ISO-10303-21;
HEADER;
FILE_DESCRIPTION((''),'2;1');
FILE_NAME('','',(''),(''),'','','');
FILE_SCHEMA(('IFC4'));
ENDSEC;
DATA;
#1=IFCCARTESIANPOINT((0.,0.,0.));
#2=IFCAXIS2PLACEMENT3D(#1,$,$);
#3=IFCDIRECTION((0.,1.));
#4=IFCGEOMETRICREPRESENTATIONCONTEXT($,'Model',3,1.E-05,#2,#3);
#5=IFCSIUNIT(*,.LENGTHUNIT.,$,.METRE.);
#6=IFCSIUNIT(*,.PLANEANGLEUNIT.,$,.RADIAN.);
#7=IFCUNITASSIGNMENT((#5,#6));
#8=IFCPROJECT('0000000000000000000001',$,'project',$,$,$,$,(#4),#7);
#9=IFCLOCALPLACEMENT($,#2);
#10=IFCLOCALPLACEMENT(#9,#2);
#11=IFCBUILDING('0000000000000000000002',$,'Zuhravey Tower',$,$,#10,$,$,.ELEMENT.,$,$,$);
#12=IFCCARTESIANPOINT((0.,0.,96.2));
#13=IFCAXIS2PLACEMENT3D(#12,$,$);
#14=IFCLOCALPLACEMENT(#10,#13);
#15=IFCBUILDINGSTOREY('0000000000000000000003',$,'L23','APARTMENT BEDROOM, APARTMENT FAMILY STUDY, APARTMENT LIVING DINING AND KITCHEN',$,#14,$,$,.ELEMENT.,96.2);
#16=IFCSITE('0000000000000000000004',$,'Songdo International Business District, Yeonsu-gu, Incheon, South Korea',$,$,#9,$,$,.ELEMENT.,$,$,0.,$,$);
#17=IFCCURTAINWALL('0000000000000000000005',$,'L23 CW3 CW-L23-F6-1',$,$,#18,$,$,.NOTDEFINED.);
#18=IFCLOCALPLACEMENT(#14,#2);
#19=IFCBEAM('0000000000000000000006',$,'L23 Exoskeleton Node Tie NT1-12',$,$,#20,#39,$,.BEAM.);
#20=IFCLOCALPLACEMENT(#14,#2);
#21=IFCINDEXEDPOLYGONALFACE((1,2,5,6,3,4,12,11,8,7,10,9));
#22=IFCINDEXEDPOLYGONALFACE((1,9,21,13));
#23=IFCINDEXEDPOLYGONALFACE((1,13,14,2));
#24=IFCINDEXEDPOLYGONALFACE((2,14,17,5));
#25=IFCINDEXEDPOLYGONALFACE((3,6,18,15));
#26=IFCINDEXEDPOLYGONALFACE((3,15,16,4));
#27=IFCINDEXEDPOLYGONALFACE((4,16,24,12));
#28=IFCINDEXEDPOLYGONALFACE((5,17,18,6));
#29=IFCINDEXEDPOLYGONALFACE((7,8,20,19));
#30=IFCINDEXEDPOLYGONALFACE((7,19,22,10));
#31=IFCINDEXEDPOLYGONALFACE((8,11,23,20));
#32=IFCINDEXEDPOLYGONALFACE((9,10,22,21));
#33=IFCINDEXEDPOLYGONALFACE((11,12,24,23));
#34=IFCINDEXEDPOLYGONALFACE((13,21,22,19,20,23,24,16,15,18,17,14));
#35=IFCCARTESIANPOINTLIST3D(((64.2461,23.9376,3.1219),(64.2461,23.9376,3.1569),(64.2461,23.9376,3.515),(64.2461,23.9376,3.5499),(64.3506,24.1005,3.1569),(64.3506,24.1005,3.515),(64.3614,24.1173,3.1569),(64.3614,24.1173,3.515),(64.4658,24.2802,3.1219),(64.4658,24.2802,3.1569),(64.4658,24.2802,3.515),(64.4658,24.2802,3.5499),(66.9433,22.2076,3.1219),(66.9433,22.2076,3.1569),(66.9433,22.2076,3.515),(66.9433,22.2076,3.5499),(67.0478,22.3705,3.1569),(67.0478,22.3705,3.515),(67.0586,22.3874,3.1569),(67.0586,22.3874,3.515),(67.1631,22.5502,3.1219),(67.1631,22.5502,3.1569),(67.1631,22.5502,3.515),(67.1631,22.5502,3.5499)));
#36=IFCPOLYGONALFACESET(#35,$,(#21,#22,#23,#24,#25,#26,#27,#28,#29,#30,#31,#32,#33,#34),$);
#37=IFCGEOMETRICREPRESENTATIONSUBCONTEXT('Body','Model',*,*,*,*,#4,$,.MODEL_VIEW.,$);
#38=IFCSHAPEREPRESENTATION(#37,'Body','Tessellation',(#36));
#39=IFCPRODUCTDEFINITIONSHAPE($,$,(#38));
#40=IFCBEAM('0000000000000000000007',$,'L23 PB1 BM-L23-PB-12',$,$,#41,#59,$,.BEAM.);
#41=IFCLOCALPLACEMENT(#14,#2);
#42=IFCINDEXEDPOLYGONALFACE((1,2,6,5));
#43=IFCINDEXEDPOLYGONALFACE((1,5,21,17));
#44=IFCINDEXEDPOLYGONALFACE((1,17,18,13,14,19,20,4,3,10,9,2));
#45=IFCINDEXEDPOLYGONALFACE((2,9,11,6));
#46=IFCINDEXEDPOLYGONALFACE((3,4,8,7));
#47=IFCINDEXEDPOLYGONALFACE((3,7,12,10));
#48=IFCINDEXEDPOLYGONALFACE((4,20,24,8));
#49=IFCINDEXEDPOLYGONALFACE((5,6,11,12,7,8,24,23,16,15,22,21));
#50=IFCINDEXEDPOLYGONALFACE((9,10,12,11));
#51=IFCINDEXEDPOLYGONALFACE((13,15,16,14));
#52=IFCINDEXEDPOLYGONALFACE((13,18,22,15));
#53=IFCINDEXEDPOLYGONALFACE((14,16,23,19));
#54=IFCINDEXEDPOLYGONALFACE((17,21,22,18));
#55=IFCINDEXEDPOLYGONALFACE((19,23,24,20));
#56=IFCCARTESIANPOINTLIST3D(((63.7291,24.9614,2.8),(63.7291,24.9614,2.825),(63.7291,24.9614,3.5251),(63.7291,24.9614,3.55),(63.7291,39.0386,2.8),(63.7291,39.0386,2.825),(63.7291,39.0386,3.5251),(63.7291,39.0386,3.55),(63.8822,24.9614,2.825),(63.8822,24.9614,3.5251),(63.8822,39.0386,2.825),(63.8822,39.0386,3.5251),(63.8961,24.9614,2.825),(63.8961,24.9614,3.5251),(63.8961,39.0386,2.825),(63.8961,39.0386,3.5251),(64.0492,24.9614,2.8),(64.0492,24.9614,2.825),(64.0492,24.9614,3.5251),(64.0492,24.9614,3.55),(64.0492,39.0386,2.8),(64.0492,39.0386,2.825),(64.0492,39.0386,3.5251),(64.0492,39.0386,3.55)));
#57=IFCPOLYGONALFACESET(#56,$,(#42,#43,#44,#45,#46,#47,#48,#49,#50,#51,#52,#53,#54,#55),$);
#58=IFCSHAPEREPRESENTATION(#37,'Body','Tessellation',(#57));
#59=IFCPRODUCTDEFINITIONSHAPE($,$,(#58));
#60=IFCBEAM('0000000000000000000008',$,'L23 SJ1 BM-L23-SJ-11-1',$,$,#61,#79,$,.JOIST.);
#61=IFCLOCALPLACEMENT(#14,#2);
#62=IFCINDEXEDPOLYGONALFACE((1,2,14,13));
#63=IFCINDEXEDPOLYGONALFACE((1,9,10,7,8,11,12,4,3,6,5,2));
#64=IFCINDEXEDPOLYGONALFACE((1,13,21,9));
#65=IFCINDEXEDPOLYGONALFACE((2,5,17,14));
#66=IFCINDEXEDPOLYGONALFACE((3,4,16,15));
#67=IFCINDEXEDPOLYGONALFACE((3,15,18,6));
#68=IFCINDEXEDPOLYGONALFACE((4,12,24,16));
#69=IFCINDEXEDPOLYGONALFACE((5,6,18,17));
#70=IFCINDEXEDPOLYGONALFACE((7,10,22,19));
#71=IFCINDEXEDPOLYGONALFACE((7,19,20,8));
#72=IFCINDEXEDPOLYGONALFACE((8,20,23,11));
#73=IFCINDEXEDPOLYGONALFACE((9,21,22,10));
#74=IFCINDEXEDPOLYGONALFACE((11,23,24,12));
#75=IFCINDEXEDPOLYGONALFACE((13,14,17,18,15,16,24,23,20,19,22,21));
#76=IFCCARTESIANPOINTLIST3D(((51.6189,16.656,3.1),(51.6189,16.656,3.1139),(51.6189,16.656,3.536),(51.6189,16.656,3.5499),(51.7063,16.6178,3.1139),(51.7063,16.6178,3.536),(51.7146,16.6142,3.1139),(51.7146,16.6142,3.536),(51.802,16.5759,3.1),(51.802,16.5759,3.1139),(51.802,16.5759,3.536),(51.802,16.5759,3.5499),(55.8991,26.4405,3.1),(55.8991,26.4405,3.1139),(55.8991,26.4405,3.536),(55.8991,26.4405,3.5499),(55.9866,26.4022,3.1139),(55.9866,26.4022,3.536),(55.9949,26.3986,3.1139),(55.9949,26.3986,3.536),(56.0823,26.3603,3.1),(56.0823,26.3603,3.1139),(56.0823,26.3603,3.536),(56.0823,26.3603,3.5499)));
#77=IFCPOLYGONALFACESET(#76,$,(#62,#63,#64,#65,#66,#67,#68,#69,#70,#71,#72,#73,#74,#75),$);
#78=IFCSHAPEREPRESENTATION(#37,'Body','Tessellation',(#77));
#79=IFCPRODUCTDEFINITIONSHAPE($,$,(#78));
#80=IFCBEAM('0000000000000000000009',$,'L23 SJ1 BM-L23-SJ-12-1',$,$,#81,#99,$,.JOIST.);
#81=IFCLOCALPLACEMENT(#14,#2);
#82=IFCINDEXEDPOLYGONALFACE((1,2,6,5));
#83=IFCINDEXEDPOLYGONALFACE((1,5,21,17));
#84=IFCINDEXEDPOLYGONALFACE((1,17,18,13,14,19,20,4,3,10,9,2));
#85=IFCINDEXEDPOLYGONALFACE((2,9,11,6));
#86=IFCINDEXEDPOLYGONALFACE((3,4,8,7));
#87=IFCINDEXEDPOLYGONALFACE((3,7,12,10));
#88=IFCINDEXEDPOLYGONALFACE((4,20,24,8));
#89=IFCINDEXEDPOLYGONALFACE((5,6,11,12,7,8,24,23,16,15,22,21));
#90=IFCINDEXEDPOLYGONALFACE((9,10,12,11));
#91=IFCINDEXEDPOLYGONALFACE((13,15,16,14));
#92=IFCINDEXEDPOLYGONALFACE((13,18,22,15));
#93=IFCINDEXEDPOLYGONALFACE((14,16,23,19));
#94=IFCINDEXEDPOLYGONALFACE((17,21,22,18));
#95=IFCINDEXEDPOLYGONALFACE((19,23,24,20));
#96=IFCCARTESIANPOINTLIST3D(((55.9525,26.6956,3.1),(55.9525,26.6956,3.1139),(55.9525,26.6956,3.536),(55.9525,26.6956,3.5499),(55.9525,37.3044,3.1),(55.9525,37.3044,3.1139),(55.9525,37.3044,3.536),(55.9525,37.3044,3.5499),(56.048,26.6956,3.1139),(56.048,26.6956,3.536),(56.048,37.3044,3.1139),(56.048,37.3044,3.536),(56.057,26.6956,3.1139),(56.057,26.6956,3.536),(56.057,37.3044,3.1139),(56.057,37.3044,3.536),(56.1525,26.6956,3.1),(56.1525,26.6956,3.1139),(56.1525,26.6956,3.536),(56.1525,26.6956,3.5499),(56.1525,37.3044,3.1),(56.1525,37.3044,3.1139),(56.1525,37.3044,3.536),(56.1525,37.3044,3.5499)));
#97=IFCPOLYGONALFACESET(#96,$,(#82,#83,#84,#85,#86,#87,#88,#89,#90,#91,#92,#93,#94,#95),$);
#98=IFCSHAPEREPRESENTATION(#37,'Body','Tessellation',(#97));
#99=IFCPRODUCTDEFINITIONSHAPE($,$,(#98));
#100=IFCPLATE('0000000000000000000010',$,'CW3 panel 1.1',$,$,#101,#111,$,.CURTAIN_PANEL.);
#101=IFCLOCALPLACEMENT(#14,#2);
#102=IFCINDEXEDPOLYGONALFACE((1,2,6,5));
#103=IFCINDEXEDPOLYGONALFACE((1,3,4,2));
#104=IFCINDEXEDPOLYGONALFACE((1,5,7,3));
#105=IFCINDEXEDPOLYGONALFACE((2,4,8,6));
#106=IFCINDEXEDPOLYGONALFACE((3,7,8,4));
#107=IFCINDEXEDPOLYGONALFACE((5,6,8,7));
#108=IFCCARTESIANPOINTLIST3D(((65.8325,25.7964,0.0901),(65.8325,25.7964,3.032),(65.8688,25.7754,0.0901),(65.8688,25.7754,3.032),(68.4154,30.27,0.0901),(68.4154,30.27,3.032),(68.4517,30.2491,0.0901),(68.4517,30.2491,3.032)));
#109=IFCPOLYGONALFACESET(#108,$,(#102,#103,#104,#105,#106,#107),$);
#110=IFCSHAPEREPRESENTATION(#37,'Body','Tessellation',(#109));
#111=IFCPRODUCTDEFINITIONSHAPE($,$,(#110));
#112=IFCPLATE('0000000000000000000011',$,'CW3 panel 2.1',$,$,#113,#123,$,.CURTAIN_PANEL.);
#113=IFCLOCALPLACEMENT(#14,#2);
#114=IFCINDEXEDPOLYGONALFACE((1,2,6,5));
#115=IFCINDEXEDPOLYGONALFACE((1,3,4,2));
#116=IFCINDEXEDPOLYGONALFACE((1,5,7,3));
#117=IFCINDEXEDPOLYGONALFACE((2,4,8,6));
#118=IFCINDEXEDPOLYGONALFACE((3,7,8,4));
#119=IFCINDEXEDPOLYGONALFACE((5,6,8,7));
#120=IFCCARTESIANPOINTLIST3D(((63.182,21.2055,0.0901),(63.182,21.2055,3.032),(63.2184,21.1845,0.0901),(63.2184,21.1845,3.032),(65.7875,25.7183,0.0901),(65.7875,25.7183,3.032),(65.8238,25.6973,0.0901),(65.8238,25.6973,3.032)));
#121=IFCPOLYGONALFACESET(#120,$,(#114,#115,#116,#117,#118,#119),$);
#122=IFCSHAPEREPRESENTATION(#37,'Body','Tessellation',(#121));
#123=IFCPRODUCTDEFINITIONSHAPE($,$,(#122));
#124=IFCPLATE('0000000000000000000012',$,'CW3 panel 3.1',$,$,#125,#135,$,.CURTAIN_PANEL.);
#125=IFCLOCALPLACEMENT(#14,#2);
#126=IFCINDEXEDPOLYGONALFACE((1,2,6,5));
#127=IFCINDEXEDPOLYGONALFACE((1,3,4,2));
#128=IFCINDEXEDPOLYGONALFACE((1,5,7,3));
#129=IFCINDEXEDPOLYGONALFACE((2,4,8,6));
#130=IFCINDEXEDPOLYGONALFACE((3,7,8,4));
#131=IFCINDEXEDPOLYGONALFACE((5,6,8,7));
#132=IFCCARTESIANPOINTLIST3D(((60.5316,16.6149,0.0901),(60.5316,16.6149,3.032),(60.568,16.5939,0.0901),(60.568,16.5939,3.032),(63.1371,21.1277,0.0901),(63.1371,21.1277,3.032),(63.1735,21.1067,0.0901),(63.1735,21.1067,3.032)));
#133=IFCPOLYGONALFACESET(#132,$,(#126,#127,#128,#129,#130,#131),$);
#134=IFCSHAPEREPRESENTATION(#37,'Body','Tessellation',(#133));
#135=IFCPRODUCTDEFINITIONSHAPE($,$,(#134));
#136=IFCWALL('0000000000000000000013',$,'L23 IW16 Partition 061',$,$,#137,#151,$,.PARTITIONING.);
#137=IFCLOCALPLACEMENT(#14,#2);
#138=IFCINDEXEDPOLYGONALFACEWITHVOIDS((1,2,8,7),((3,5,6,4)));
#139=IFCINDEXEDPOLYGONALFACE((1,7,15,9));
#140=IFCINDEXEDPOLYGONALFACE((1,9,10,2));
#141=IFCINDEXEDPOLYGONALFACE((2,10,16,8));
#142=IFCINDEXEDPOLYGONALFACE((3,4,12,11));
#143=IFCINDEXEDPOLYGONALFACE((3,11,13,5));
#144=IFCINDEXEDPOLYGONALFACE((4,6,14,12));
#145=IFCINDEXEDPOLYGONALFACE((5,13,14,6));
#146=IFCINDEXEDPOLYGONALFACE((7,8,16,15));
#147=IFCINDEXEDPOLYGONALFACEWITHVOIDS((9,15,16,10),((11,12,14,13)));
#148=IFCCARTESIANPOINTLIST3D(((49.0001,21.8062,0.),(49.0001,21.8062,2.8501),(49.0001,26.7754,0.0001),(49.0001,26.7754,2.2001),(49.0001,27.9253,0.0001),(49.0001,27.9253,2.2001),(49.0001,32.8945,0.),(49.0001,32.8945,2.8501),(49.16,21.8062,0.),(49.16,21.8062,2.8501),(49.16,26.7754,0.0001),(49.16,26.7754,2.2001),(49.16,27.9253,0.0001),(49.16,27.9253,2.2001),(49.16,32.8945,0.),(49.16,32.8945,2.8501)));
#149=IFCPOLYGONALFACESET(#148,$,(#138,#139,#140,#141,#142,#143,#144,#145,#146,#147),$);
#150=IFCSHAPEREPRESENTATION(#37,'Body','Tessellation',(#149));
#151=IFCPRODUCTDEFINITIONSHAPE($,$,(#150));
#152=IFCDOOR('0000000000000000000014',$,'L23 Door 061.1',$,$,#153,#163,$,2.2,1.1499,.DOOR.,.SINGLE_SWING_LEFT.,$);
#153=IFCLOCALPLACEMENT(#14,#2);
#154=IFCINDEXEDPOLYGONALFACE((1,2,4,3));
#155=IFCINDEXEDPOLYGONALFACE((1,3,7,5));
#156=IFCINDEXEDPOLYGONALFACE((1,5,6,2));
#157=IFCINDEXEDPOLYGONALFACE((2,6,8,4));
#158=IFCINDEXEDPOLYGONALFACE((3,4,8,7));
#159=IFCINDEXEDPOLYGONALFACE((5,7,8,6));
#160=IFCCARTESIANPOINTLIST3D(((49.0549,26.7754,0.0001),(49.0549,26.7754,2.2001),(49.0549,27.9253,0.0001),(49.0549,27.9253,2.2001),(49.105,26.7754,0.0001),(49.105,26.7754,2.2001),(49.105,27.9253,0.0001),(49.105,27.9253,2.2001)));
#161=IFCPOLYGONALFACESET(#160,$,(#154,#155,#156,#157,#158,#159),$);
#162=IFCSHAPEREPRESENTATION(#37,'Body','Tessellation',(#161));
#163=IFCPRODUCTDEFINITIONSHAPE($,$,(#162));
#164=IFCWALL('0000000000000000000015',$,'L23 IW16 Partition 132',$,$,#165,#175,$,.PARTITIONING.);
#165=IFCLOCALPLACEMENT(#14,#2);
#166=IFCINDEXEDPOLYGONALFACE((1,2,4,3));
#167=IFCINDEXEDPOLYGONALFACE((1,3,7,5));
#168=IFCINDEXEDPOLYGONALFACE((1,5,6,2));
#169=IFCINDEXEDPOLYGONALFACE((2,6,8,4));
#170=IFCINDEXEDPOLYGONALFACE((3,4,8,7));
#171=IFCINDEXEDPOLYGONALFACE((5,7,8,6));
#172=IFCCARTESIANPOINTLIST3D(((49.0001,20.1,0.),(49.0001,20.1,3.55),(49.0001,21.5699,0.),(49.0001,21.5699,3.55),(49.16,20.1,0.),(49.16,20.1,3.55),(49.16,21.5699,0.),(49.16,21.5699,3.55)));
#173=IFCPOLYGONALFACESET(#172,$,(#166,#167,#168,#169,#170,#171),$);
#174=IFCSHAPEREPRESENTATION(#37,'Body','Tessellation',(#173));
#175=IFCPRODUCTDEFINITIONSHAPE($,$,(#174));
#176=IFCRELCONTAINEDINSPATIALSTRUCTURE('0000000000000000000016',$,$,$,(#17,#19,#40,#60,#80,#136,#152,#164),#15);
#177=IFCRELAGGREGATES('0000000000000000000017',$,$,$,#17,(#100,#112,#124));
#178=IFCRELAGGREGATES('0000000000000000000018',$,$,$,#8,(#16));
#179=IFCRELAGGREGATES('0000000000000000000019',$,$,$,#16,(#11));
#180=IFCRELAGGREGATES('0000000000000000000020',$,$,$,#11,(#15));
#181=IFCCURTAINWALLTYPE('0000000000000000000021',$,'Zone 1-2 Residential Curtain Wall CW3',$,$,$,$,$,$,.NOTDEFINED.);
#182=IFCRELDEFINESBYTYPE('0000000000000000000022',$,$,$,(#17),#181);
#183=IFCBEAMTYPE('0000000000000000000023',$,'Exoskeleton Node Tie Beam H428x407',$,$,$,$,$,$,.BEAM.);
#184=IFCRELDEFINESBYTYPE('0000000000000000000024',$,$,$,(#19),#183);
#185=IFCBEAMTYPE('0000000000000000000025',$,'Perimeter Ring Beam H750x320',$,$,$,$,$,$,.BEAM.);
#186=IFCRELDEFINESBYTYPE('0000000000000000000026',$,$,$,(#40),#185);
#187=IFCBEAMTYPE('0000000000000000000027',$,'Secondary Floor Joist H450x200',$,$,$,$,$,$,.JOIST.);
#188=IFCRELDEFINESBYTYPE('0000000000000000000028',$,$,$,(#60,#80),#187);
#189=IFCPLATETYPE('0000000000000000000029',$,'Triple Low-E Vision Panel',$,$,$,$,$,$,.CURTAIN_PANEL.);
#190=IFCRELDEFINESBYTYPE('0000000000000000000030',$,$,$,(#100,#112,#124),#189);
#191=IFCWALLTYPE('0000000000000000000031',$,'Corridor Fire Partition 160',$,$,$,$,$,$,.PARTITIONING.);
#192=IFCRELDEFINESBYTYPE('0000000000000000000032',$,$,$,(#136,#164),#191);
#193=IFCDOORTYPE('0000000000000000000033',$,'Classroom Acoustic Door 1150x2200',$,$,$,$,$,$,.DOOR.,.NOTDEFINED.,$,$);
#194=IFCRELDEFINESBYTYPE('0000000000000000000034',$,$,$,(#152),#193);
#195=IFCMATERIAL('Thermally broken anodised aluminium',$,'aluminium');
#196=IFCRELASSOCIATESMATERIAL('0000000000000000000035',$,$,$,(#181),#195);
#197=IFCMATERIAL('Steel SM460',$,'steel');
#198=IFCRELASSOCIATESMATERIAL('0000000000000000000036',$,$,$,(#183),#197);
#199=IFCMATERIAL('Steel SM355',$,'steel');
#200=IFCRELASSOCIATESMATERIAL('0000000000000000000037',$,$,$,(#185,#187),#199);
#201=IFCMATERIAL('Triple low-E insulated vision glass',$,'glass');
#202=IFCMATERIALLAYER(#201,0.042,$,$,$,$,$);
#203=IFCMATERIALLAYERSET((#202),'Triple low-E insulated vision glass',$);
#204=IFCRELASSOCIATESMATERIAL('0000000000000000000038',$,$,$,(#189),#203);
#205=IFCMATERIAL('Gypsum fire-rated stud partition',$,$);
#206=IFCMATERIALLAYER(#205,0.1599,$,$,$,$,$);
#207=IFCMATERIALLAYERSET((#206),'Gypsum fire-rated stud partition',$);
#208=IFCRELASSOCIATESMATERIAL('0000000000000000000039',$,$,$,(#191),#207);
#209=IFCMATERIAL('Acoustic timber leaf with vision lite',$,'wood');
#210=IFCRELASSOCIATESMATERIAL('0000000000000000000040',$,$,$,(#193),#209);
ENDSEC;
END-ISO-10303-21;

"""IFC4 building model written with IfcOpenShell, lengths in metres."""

from ifc_helpers import new_model, si_unit, direction, frame, frame_2d, origin, origin_2d, place, context, subcontext, project, spatial, rectangle, i_section, extrude, material, layer, layer_set, material_profile, profile_set, type_object, element, fill, aggregate, save


model = new_model("IFC4")

# Units and contexts
model_context = context("Model", 3, precision=1e-05, world=origin(), true_north=direction((0.0, 1.0)))
body_context = subcontext(model_context, "Body", "Model", "MODEL_VIEW")
ifc_project = project(units=[si_unit("LENGTHUNIT", "METRE"), si_unit("PLANEANGLEUNIT", "RADIAN")], contexts=[model_context])

# Site, building, storey
site_placement = place(None, origin())
site = spatial("IfcSite", under=ifc_project, at=site_placement, Name="Songdo International Business District, Yeonsu-gu, Incheon, South Korea", CompositionType="ELEMENT", RefElevation=0.0)
building_placement = place(site_placement, origin())
building = spatial("IfcBuilding", under=site, at=building_placement, Name="Zuhravey Tower", CompositionType="ELEMENT")
storey_placement = place(building_placement, frame((0.0, 0.0, 96.2)))
storey = spatial("IfcBuildingStorey", under=building, at=storey_placement, Name="L23", Description="APARTMENT BEDROOM, APARTMENT FAMILY STUDY, APARTMENT LIVING DINING AND KITCHEN", CompositionType="ELEMENT", Elevation=96.2)

# Curtain wall
ifc_material_1 = material(Name="Thermally broken anodised aluminium", Category="aluminium")
curtain_wall_type = type_object("IfcCurtainWallType", Name="Zone 1-2 Residential Curtain Wall CW3", PredefinedType="NOTDEFINED", material=ifc_material_1)
curtain_wall_placement = place(storey_placement, origin())
curtain_wall = element("IfcCurtainWall", 1, at=curtain_wall_placement, inside=storey, type_object=curtain_wall_type, Name="L23 CW3 CW-L23-F6-1", PredefinedType="NOTDEFINED")

# Beams
ifc_material_2 = material(Name="Steel SM460", Category="steel")
ifc_material_profile_1 = material_profile(ifc_material_2, i_section(OverallWidth=0.407, OverallDepth=0.428, WebThickness=0.02, FlangeThickness=0.0349, at=origin_2d()), Name="H-428x407x20x35")
ifc_profile_set_1 = profile_set([ifc_material_profile_1], Name="Steel SM460")
beam_type_1 = type_object("IfcBeamType", Name="Exoskeleton Node Tie Beam H428x407", PredefinedType="BEAM", material=ifc_profile_set_1)
beam_1_placement = place(storey_placement, frame((64.356, 24.1089, 3.3359), z_axis=(0.841742, -0.539879, 0.0), x_axis=(0.539879, 0.841742, 0.0)))
element("IfcBeam", 2, at=beam_1_placement, inside=storey, type_object=beam_type_1, Name="L23 Exoskeleton Node Tie NT1-12", PredefinedType="BEAM", context=body_context, shape_type="SweptSolid", body=[
    extrude(i_section(OverallWidth=0.407, OverallDepth=0.428, WebThickness=0.02, FlangeThickness=0.0349, at=origin_2d()), origin(), (0.0, 0.0, 1.0), 3.2043),
])
ifc_material_3 = material(Name="Steel SM355", Category="steel")
ifc_material_profile_2 = material_profile(ifc_material_3, i_section(OverallWidth=0.3201, OverallDepth=0.75, WebThickness=0.0139, FlangeThickness=0.0249, at=origin_2d()), Name="H-750x320x14x25")
ifc_profile_set_2 = profile_set([ifc_material_profile_2], Name="Steel SM355")
beam_type_2 = type_object("IfcBeamType", Name="Perimeter Ring Beam H750x320", PredefinedType="BEAM", material=ifc_profile_set_2)
beam_2_placement = place(storey_placement, frame((63.8892, 24.9614, 3.175), z_axis=(0.0, 1.0, 0.0), x_axis=(-1.0, 0.0, 0.0)))
element("IfcBeam", 3, at=beam_2_placement, inside=storey, type_object=beam_type_2, Name="L23 PB1 BM-L23-PB-12", PredefinedType="BEAM", context=body_context, shape_type="SweptSolid", body=[
    extrude(i_section(OverallWidth=0.3201, OverallDepth=0.75, WebThickness=0.0139, FlangeThickness=0.0249, at=origin_2d()), origin(), (0.0, 0.0, 1.0), 14.0771),
])
ifc_material_profile_3 = material_profile(ifc_material_3, i_section(OverallWidth=0.2, OverallDepth=0.45, WebThickness=0.009, FlangeThickness=0.0139, at=origin_2d()), Name="H-450x200x9x14")
ifc_profile_set_3 = profile_set([ifc_material_profile_3], Name="Steel SM355")
beam_type_3 = type_object("IfcBeamType", Name="Secondary Floor Joist H450x200", PredefinedType="JOIST", material=ifc_profile_set_3)
beam_3_placement = place(storey_placement, frame((51.7104, 16.616, 3.325), z_axis=(0.400786, 0.916172, 0.0), x_axis=(-0.916172, 0.400786, 0.0)))
element("IfcBeam", 4, at=beam_3_placement, inside=storey, type_object=beam_type_3, Name="L23 SJ1 BM-L23-SJ-11-1", PredefinedType="JOIST", context=body_context, shape_type="SweptSolid", body=[
    extrude(i_section(OverallWidth=0.2, OverallDepth=0.45, WebThickness=0.009, FlangeThickness=0.0139, at=origin_2d()), origin(), (0.0, 0.0, 1.0), 10.6797),
])
beam_4_placement = place(storey_placement, frame((56.0525, 26.6956, 3.325), z_axis=(0.0, 1.0, 0.0), x_axis=(-1.0, 0.0, 0.0)))
element("IfcBeam", 5, at=beam_4_placement, inside=storey, type_object=beam_type_3, Name="L23 SJ1 BM-L23-SJ-12-1", PredefinedType="JOIST", context=body_context, shape_type="SweptSolid", body=[
    extrude(i_section(OverallWidth=0.2, OverallDepth=0.45, WebThickness=0.009, FlangeThickness=0.0139, at=origin_2d()), origin(), (0.0, 0.0, 1.0), 10.6089),
])

# Plates
ifc_material_4 = material(Name="Triple low-E insulated vision glass", Category="glass")
ifc_layer_1 = layer(ifc_material_4, 0.042)
ifc_layer_set_1 = layer_set([ifc_layer_1], Name="Triple low-E insulated vision glass")
plate_type = type_object("IfcPlateType", Name="Triple Low-E Vision Panel", PredefinedType="CURTAIN_PANEL", material=ifc_layer_set_1)
plate_1_placement = place(storey_placement, frame((67.1421, 28.0227, 0.0901), z_axis=(0.0, 0.0, 1.0), x_axis=(-0.5, -0.866025, 0.0)))
plate_1 = element("IfcPlate", 6, at=plate_1_placement, type_object=plate_type, Name="CW3 panel 1.1", PredefinedType="CURTAIN_PANEL", context=body_context, shape_type="SweptSolid", body=[
    extrude(rectangle(XDim=5.1658, YDim=0.042, at=origin_2d()), origin(), (0.0, 0.0, 1.0), 2.9419),
])
plate_2_placement = place(storey_placement, frame((64.5029, 23.4514, 0.0901), z_axis=(0.0, 0.0, 1.0), x_axis=(-0.5, -0.866025, 0.0)))
plate_2 = element("IfcPlate", 7, at=plate_2_placement, type_object=plate_type, Name="CW3 panel 2.1", PredefinedType="CURTAIN_PANEL", context=body_context, shape_type="SweptSolid", body=[
    extrude(rectangle(XDim=5.2109, YDim=0.042, at=origin_2d()), origin(), (0.0, 0.0, 1.0), 2.9419),
])
plate_3_placement = place(storey_placement, frame((61.8525, 18.8608, 0.0901), z_axis=(0.0, 0.0, 1.0), x_axis=(-0.5, -0.866025, 0.0)))
plate_3 = element("IfcPlate", 8, at=plate_3_placement, type_object=plate_type, Name="CW3 panel 3.1", PredefinedType="CURTAIN_PANEL", context=body_context, shape_type="SweptSolid", body=[
    extrude(rectangle(XDim=5.2109, YDim=0.042, at=origin_2d()), origin(), (0.0, 0.0, 1.0), 2.9419),
])
aggregate(curtain_wall, [plate_1, plate_2, plate_3])

# Wall, opening, door
ifc_material_5 = material(Name="Gypsum fire-rated stud partition")
ifc_layer_2 = layer(ifc_material_5, 0.1599)
ifc_layer_set_2 = layer_set([ifc_layer_2], Name="Gypsum fire-rated stud partition")
wall_type_1 = type_object("IfcWallType", Name="Corridor Fire Partition 160", PredefinedType="PARTITIONING", material=ifc_layer_set_2)
wall_1_placement = place(storey_placement, frame((49.0801, 21.8062, 0.0), z_axis=(0.0, 0.0, 1.0), x_axis=(0.0, 1.0, 0.0)))
wall_1 = element("IfcWall", 9, at=wall_1_placement, inside=storey, type_object=wall_type_1, Name="L23 IW16 Partition 061", PredefinedType="PARTITIONING", context=body_context, shape_type="SweptSolid", body=[
    extrude(rectangle(XDim=11.0884, YDim=0.1599, at=frame_2d((5.5442, 0.0))), origin(), (0.0, 0.0, 1.0), 2.8501),
])
opening_1_placement = place(wall_1_placement, frame((4.9692, 0.0, 0.0)))
opening_1 = element("IfcOpeningElement", 10, at=opening_1_placement, cuts=wall_1, PredefinedType="OPENING", context=body_context, shape_type="SweptSolid", body=[
    extrude(rectangle(XDim=1.1499, YDim=2.2, at=frame_2d((0.575, 1.1001))), frame((0.0, 0.092, 0.0), z_axis=(0.0, -1.0, 0.0), x_axis=(1.0, 0.0, 0.0)), (0.0, 0.0, 1.0), 0.1838),
])
ifc_material_6 = material(Name="Acoustic timber leaf with vision lite", Category="wood")
door_type_1 = type_object("IfcDoorType", Name="Classroom Acoustic Door 1150x2200", OperationType="NOTDEFINED", PredefinedType="DOOR", material=ifc_material_6)
door_1_placement = place(opening_1_placement, frame((1.1499, 0.0, 0.0), z_axis=(0.0, 0.0, 1.0), x_axis=(-1.0, 0.0, 0.0)))
door_1 = element("IfcDoor", 11, at=door_1_placement, inside=storey, type_object=door_type_1, Name="L23 Door 061.1", OperationType="SINGLE_SWING_LEFT", OverallHeight=2.2, OverallWidth=1.1499, PredefinedType="DOOR", context=body_context, shape_type="SweptSolid", body=[
    extrude(rectangle(XDim=1.1499, YDim=2.2, at=frame_2d((0.575, 1.1001))), frame((0.0, 0.0249, 0.0), z_axis=(0.0, -1.0, 0.0), x_axis=(1.0, 0.0, 0.0)), (0.0, 0.0, 1.0), 0.05),
])
fill(opening_1, door_1)

# Wall
wall_2_placement = place(storey_placement, frame((49.0801, 20.1001, 0.0), z_axis=(0.0, 0.0, 1.0), x_axis=(0.0, 1.0, 0.0)))
element("IfcWall", 12, at=wall_2_placement, inside=storey, type_object=wall_type_1, Name="L23 IW16 Partition 132", PredefinedType="PARTITIONING", context=body_context, shape_type="SweptSolid", body=[
    extrude(rectangle(XDim=1.47, YDim=0.1599, at=frame_2d((0.7349, 0.0))), origin(), (0.0, 0.0, 1.0), 3.55),
])

save(model, "model.ifc")
